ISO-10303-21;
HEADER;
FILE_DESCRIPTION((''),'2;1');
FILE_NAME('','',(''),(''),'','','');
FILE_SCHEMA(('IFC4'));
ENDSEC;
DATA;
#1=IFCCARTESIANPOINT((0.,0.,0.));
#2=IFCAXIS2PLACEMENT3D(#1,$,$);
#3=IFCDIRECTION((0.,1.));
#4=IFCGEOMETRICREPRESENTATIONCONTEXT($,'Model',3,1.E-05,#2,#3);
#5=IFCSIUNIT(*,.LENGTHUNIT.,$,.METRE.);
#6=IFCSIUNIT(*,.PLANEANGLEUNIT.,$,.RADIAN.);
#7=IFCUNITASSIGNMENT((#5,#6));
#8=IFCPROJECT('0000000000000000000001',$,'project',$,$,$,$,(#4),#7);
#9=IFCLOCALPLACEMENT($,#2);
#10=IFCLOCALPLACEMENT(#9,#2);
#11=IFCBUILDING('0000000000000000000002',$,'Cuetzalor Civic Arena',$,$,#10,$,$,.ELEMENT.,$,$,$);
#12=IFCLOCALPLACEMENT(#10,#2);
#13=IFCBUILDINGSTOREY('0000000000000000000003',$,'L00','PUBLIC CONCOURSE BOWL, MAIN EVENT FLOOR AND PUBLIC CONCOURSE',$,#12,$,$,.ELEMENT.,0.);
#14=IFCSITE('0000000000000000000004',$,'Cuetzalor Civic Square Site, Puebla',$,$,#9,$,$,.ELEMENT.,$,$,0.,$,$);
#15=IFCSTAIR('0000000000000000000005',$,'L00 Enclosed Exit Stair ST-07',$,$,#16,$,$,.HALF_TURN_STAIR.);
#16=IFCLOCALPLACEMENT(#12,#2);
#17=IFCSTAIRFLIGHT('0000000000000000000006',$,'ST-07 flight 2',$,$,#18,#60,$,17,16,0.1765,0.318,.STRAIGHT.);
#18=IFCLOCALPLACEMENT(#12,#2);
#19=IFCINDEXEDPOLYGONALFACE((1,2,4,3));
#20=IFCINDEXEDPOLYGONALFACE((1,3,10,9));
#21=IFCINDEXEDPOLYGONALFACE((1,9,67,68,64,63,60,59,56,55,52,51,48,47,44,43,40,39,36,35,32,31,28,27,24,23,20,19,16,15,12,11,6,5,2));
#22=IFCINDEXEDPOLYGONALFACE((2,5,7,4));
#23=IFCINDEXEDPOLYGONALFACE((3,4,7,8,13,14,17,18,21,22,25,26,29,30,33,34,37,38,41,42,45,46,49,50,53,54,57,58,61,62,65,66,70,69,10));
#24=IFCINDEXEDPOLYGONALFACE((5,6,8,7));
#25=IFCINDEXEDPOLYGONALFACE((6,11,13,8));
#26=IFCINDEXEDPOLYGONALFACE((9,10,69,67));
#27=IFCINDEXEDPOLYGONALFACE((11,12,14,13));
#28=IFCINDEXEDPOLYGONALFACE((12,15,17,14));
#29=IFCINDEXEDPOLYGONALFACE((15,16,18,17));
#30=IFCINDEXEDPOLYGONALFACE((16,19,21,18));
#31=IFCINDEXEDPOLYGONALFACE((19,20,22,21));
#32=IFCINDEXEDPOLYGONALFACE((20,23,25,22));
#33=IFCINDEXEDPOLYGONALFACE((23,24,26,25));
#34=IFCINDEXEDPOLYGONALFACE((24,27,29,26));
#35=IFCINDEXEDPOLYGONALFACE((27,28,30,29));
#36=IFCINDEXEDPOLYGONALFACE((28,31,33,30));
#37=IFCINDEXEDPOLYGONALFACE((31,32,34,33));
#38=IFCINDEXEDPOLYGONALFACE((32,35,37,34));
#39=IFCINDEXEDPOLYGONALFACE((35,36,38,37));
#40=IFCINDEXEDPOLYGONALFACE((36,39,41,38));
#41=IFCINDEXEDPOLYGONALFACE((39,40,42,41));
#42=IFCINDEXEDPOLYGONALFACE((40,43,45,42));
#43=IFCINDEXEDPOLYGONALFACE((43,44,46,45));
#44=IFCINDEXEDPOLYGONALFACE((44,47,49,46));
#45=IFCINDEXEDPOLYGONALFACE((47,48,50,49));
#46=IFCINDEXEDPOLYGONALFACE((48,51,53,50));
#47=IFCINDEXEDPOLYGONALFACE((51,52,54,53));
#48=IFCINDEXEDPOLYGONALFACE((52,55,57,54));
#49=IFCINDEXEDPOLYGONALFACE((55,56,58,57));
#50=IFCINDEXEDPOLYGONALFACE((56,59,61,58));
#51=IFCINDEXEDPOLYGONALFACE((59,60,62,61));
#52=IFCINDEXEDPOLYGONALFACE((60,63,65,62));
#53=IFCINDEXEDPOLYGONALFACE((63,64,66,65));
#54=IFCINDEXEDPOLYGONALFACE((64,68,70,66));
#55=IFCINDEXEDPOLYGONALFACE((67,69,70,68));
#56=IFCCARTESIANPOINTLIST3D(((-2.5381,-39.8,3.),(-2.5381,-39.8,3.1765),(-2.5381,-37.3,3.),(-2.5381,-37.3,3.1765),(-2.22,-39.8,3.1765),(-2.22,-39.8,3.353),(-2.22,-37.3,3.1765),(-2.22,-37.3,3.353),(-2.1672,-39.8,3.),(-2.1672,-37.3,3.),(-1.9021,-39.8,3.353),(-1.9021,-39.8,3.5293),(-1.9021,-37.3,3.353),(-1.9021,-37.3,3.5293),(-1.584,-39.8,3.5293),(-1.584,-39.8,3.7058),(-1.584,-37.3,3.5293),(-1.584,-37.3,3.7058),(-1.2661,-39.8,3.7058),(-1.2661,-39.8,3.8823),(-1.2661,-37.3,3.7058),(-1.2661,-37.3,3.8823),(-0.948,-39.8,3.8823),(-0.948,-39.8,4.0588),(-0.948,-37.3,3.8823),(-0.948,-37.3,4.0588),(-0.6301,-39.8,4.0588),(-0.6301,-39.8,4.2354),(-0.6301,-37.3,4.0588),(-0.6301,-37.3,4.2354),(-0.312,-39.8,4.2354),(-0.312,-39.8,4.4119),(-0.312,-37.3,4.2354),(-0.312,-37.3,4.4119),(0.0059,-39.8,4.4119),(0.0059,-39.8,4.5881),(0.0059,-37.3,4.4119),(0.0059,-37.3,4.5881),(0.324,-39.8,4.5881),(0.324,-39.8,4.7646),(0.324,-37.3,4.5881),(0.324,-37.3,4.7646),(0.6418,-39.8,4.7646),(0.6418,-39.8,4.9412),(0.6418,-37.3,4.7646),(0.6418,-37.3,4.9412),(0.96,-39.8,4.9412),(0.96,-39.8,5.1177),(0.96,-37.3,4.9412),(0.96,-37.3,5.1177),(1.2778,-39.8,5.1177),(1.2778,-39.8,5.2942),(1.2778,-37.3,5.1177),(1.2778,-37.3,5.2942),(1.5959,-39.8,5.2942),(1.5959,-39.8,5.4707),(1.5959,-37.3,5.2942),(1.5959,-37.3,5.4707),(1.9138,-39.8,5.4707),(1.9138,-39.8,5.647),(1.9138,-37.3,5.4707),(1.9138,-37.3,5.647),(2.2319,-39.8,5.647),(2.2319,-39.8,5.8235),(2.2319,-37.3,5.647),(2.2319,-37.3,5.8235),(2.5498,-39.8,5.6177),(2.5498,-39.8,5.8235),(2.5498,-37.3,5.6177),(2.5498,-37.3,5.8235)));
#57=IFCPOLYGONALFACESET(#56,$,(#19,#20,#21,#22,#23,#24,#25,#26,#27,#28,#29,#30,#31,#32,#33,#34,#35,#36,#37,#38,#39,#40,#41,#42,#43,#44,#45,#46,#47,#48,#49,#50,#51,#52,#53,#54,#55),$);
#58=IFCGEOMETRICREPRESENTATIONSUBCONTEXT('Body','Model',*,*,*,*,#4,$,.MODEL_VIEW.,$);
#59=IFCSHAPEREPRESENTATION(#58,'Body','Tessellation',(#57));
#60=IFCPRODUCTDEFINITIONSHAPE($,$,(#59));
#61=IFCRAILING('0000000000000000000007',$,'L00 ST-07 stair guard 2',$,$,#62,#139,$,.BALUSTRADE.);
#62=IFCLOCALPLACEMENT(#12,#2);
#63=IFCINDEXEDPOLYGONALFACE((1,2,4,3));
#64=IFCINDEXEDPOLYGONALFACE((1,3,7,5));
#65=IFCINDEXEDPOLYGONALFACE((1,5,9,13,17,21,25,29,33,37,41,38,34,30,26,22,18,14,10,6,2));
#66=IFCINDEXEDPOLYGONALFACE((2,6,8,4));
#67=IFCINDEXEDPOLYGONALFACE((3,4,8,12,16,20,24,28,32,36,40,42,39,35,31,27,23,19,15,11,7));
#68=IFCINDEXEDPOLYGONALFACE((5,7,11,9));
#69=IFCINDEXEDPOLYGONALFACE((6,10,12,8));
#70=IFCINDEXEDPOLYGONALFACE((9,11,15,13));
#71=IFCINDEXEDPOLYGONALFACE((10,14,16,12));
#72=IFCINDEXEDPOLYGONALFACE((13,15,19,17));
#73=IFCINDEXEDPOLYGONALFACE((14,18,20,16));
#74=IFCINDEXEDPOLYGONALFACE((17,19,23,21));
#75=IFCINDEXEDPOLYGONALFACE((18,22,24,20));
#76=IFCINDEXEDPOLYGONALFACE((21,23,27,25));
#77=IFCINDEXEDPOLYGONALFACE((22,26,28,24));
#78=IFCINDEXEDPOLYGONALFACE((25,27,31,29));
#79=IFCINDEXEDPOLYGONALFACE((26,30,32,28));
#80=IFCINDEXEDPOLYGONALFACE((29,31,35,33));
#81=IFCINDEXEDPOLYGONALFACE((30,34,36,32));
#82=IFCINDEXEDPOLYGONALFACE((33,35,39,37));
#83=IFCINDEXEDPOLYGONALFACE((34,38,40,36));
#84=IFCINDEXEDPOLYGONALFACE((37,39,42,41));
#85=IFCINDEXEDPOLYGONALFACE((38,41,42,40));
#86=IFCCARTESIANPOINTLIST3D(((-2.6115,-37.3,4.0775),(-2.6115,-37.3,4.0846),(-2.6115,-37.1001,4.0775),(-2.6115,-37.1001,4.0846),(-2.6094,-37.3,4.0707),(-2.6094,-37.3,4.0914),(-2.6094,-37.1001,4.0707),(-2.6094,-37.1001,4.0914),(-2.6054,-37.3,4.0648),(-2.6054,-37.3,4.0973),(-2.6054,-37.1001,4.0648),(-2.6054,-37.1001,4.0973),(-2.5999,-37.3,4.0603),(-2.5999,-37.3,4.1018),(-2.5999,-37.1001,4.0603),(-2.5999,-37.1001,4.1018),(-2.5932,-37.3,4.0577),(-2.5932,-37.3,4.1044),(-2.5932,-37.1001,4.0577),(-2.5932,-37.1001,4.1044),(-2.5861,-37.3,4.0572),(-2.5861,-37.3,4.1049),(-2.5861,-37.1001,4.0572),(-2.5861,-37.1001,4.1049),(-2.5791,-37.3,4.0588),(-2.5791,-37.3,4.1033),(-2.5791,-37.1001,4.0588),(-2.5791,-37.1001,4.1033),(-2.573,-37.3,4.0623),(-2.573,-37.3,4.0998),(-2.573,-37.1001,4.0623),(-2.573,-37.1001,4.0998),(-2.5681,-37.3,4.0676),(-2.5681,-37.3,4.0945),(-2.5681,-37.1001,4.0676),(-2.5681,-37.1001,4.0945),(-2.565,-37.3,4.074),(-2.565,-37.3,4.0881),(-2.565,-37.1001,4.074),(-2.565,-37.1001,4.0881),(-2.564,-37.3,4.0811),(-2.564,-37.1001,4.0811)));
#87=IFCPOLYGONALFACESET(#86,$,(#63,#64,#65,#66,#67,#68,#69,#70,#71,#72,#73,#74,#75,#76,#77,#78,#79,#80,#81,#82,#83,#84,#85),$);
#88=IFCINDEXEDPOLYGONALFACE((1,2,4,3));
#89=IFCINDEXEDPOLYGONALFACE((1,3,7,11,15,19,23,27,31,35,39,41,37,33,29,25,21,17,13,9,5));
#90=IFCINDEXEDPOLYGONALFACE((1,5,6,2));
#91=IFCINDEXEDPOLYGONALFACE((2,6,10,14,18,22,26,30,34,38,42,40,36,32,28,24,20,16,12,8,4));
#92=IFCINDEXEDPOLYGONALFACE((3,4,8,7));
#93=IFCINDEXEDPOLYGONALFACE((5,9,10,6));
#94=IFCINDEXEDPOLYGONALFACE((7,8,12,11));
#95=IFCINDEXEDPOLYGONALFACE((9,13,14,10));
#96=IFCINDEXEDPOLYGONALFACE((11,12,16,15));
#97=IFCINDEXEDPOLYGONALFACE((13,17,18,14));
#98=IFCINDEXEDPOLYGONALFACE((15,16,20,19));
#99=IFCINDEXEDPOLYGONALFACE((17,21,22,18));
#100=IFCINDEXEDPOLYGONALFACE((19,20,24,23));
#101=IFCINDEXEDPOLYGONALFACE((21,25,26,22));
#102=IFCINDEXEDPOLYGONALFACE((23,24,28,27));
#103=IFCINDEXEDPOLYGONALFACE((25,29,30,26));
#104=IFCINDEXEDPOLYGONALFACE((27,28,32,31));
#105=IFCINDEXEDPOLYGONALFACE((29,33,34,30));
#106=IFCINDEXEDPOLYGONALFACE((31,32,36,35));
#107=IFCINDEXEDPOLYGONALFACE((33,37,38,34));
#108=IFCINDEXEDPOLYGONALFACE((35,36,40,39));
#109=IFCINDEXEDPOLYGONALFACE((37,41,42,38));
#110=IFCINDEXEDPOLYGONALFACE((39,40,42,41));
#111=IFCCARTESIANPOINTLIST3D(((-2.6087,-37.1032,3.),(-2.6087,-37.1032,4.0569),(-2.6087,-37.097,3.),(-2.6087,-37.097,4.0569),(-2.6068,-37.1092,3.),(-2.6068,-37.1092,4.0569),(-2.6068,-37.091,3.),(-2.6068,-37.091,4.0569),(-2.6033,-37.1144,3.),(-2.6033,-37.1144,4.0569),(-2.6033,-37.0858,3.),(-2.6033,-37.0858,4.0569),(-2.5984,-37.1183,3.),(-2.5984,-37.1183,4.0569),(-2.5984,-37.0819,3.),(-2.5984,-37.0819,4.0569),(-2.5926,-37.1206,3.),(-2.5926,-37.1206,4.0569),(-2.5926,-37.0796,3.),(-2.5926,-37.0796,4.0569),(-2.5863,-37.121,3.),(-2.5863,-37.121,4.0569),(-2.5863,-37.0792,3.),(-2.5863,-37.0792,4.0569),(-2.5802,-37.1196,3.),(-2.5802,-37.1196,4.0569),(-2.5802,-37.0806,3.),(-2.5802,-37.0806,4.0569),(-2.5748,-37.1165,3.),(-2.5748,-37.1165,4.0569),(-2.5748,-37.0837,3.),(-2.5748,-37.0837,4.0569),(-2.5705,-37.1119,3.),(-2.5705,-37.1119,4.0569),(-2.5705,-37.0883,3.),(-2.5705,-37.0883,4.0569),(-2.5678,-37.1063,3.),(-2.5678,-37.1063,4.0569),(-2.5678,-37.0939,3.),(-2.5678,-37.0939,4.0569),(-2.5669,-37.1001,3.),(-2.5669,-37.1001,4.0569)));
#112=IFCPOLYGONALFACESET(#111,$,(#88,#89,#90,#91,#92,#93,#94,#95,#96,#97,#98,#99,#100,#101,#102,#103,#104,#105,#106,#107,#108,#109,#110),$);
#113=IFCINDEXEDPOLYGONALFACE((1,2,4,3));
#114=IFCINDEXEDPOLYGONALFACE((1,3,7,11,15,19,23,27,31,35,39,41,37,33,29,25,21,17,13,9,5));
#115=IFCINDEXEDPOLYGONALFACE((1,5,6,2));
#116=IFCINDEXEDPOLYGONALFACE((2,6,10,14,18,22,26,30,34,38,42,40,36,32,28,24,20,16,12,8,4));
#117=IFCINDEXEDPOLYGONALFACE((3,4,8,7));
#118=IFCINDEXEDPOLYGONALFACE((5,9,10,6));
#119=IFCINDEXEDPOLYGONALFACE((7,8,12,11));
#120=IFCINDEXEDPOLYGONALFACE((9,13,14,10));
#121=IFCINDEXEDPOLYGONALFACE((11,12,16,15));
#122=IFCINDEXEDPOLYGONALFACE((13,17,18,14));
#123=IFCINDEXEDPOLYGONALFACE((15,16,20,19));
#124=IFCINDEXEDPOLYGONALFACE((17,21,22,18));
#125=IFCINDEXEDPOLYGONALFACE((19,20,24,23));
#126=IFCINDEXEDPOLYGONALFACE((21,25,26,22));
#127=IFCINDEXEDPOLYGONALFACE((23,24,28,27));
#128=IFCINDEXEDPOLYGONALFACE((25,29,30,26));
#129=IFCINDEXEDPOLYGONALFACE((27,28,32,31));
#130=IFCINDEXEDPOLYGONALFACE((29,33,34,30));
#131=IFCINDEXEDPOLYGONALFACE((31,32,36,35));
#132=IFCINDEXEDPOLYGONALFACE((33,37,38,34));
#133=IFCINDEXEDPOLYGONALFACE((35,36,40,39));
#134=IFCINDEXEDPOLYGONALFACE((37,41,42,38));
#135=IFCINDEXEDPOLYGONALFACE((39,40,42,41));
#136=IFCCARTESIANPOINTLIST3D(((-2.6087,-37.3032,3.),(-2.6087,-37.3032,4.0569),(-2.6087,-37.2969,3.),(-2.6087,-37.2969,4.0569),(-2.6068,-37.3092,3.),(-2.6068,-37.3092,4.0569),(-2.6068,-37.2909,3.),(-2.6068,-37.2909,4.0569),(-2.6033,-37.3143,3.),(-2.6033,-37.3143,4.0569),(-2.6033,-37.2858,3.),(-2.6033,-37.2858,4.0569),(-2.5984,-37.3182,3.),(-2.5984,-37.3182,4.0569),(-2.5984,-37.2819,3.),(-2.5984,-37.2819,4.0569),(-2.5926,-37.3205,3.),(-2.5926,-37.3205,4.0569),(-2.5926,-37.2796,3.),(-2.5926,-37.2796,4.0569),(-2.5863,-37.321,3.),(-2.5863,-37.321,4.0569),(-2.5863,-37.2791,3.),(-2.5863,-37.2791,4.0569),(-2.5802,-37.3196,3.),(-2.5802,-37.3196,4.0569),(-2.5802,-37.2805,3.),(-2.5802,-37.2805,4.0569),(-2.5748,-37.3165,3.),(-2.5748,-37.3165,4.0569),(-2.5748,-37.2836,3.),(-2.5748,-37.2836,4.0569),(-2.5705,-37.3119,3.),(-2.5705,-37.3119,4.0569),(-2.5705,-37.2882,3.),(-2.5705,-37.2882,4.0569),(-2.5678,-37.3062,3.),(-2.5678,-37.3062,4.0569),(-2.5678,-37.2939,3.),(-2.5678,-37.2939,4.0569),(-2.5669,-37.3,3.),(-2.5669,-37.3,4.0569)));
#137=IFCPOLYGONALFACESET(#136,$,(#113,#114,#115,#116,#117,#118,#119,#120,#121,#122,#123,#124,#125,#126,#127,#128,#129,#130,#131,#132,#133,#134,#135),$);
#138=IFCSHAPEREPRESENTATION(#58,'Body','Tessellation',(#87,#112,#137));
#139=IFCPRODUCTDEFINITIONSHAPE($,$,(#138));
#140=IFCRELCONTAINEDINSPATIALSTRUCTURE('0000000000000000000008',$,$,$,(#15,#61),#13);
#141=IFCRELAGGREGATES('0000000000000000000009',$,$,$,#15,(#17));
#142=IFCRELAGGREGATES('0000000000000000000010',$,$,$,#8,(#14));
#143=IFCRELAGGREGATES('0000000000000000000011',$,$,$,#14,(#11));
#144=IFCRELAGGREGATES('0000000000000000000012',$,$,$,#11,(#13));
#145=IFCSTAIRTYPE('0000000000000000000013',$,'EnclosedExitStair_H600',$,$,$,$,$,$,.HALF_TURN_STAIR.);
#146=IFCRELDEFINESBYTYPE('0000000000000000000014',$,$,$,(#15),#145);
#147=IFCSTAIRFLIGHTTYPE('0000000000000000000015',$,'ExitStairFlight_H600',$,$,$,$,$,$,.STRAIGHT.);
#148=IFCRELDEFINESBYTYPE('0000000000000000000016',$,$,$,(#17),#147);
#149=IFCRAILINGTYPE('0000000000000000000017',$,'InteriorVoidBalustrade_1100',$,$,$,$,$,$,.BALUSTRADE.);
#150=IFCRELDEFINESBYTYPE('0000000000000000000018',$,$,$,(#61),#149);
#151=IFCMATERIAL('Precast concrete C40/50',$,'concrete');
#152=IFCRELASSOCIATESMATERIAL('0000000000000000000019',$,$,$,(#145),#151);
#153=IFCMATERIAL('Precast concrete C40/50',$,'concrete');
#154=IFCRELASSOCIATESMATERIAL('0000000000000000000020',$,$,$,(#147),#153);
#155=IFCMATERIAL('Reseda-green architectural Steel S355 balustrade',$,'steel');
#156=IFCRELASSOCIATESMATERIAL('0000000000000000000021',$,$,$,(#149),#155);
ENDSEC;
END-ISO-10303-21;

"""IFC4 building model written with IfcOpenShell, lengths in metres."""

from ifc_helpers import new_model, si_unit, direction, frame, origin, origin_2d, place, context, subcontext, project, spatial, polyline, circle, outline, extrude, material, type_object, element, aggregate, save


model = new_model("IFC4")

# Units and contexts
model_context = context("Model", 3, precision=1e-05, world=origin(), true_north=direction((0.0, 1.0)))
body_context = subcontext(model_context, "Body", "Model", "MODEL_VIEW")
ifc_project = project(units=[si_unit("LENGTHUNIT", "METRE"), si_unit("PLANEANGLEUNIT", "RADIAN")], contexts=[model_context])

# Site, building, storey
site_placement = place(None, origin())
site = spatial("IfcSite", under=ifc_project, at=site_placement, Name="Cuetzalor Civic Square Site, Puebla", CompositionType="ELEMENT", RefElevation=0.0)
building_placement = place(site_placement, origin())
building = spatial("IfcBuilding", under=site, at=building_placement, Name="Cuetzalor Civic Arena", CompositionType="ELEMENT")
storey_placement = place(building_placement, origin())
storey = spatial("IfcBuildingStorey", under=building, at=storey_placement, Name="L00", Description="PUBLIC CONCOURSE BOWL, MAIN EVENT FLOOR AND PUBLIC CONCOURSE", CompositionType="ELEMENT", Elevation=0.0)

# Stair, stair flight
ifc_material_1 = material(Name="Precast concrete C40/50", Category="concrete")
stair_type = type_object("IfcStairType", Name="EnclosedExitStair_H600", PredefinedType="HALF_TURN_STAIR", material=ifc_material_1)
stair_placement = place(storey_placement, origin())
stair = element("IfcStair", 1, at=stair_placement, inside=storey, type_object=stair_type, Name="L00 Enclosed Exit Stair ST-07", PredefinedType="HALF_TURN_STAIR")
ifc_material_2 = material(Name="Precast concrete C40/50", Category="concrete")
stair_flight_type = type_object("IfcStairFlightType", Name="ExitStairFlight_H600", PredefinedType="STRAIGHT", material=ifc_material_2)
stair_flight_placement = place(storey_placement, frame((-2.5381, -38.55, 3.0), z_axis=(0.0, 0.0, 1.0), x_axis=(1.0, 0.0, 0.0)))
stair_flight = element("IfcStairFlight", 2, at=stair_flight_placement, type_object=stair_flight_type, Name="ST-07 flight 2", NumberOfRisers=17, NumberOfTreads=16, PredefinedType="STRAIGHT", RiserHeight=0.1765, TreadLength=0.318, context=body_context, shape_type="SweptSolid", body=[
    extrude(outline(polyline([(0.0, 0.0), (0.0, 0.1765), (0.3181, 0.1765), (0.3181, 0.353), (0.636, 0.353), (0.636, 0.5293), (0.9541, 0.5293), (0.9541, 0.7058), (1.272, 0.7058), (1.272, 0.8823), (1.5901, 0.8823), (1.5901, 1.0588), (1.908, 1.0588), (1.908, 1.2354), (2.2261, 1.2354), (2.2261, 1.4119), (2.5439, 1.4119), (2.5439, 1.5881), (2.8621, 1.5881), (2.8621, 1.7646), (3.1799, 1.7646), (3.1799, 1.9412), (3.498, 1.9412), (3.498, 2.1177), (3.8159, 2.1177), (3.8159, 2.2942), (4.134, 2.2942), (4.134, 2.4707), (4.4519, 2.4707), (4.4519, 2.647), (4.77, 2.647), (4.77, 2.8235), (5.0879, 2.8235), (5.0879, 3.0), (5.0879, 2.6177), (0.3708, 0.0), (0.0, 0.0)])), frame((0.0, 1.25, 0.0), z_axis=(0.0, -1.0, 0.0), x_axis=(1.0, 0.0, 0.0)), (0.0, 0.0, 1.0), 2.5),
])
aggregate(stair, [stair_flight])

# Railing
ifc_material_3 = material(Name="Reseda-green architectural Steel S355 balustrade", Category="steel")
railing_type_1 = type_object("IfcRailingType", Name="InteriorVoidBalustrade_1100", PredefinedType="BALUSTRADE", material=ifc_material_3)
railing_1_placement = place(storey_placement, frame((-2.5879, -37.1001, 3.0)))
element("IfcRailing", 3, at=railing_1_placement, inside=storey, type_object=railing_type_1, Name="L00 ST-07 stair guard 2", PredefinedType="BALUSTRADE", context=body_context, shape_type="SweptSolid", body=[
    extrude(circle(Radius=0.0239, at=origin_2d()), frame((0.0, 0.0, 1.0811), z_axis=(0.0, -1.0, 0.0), x_axis=(1.0, 0.0, 0.0)), (0.0, 0.0, 1.0), 0.2),
    extrude(circle(Radius=0.021, at=origin_2d()), origin(), (0.0, 0.0, 1.0), 1.0569),
    extrude(circle(Radius=0.021, at=origin_2d()), frame((0.0, -0.2, 0.0)), (0.0, 0.0, 1.0), 1.0569),
])

save(model, "model.ifc")
